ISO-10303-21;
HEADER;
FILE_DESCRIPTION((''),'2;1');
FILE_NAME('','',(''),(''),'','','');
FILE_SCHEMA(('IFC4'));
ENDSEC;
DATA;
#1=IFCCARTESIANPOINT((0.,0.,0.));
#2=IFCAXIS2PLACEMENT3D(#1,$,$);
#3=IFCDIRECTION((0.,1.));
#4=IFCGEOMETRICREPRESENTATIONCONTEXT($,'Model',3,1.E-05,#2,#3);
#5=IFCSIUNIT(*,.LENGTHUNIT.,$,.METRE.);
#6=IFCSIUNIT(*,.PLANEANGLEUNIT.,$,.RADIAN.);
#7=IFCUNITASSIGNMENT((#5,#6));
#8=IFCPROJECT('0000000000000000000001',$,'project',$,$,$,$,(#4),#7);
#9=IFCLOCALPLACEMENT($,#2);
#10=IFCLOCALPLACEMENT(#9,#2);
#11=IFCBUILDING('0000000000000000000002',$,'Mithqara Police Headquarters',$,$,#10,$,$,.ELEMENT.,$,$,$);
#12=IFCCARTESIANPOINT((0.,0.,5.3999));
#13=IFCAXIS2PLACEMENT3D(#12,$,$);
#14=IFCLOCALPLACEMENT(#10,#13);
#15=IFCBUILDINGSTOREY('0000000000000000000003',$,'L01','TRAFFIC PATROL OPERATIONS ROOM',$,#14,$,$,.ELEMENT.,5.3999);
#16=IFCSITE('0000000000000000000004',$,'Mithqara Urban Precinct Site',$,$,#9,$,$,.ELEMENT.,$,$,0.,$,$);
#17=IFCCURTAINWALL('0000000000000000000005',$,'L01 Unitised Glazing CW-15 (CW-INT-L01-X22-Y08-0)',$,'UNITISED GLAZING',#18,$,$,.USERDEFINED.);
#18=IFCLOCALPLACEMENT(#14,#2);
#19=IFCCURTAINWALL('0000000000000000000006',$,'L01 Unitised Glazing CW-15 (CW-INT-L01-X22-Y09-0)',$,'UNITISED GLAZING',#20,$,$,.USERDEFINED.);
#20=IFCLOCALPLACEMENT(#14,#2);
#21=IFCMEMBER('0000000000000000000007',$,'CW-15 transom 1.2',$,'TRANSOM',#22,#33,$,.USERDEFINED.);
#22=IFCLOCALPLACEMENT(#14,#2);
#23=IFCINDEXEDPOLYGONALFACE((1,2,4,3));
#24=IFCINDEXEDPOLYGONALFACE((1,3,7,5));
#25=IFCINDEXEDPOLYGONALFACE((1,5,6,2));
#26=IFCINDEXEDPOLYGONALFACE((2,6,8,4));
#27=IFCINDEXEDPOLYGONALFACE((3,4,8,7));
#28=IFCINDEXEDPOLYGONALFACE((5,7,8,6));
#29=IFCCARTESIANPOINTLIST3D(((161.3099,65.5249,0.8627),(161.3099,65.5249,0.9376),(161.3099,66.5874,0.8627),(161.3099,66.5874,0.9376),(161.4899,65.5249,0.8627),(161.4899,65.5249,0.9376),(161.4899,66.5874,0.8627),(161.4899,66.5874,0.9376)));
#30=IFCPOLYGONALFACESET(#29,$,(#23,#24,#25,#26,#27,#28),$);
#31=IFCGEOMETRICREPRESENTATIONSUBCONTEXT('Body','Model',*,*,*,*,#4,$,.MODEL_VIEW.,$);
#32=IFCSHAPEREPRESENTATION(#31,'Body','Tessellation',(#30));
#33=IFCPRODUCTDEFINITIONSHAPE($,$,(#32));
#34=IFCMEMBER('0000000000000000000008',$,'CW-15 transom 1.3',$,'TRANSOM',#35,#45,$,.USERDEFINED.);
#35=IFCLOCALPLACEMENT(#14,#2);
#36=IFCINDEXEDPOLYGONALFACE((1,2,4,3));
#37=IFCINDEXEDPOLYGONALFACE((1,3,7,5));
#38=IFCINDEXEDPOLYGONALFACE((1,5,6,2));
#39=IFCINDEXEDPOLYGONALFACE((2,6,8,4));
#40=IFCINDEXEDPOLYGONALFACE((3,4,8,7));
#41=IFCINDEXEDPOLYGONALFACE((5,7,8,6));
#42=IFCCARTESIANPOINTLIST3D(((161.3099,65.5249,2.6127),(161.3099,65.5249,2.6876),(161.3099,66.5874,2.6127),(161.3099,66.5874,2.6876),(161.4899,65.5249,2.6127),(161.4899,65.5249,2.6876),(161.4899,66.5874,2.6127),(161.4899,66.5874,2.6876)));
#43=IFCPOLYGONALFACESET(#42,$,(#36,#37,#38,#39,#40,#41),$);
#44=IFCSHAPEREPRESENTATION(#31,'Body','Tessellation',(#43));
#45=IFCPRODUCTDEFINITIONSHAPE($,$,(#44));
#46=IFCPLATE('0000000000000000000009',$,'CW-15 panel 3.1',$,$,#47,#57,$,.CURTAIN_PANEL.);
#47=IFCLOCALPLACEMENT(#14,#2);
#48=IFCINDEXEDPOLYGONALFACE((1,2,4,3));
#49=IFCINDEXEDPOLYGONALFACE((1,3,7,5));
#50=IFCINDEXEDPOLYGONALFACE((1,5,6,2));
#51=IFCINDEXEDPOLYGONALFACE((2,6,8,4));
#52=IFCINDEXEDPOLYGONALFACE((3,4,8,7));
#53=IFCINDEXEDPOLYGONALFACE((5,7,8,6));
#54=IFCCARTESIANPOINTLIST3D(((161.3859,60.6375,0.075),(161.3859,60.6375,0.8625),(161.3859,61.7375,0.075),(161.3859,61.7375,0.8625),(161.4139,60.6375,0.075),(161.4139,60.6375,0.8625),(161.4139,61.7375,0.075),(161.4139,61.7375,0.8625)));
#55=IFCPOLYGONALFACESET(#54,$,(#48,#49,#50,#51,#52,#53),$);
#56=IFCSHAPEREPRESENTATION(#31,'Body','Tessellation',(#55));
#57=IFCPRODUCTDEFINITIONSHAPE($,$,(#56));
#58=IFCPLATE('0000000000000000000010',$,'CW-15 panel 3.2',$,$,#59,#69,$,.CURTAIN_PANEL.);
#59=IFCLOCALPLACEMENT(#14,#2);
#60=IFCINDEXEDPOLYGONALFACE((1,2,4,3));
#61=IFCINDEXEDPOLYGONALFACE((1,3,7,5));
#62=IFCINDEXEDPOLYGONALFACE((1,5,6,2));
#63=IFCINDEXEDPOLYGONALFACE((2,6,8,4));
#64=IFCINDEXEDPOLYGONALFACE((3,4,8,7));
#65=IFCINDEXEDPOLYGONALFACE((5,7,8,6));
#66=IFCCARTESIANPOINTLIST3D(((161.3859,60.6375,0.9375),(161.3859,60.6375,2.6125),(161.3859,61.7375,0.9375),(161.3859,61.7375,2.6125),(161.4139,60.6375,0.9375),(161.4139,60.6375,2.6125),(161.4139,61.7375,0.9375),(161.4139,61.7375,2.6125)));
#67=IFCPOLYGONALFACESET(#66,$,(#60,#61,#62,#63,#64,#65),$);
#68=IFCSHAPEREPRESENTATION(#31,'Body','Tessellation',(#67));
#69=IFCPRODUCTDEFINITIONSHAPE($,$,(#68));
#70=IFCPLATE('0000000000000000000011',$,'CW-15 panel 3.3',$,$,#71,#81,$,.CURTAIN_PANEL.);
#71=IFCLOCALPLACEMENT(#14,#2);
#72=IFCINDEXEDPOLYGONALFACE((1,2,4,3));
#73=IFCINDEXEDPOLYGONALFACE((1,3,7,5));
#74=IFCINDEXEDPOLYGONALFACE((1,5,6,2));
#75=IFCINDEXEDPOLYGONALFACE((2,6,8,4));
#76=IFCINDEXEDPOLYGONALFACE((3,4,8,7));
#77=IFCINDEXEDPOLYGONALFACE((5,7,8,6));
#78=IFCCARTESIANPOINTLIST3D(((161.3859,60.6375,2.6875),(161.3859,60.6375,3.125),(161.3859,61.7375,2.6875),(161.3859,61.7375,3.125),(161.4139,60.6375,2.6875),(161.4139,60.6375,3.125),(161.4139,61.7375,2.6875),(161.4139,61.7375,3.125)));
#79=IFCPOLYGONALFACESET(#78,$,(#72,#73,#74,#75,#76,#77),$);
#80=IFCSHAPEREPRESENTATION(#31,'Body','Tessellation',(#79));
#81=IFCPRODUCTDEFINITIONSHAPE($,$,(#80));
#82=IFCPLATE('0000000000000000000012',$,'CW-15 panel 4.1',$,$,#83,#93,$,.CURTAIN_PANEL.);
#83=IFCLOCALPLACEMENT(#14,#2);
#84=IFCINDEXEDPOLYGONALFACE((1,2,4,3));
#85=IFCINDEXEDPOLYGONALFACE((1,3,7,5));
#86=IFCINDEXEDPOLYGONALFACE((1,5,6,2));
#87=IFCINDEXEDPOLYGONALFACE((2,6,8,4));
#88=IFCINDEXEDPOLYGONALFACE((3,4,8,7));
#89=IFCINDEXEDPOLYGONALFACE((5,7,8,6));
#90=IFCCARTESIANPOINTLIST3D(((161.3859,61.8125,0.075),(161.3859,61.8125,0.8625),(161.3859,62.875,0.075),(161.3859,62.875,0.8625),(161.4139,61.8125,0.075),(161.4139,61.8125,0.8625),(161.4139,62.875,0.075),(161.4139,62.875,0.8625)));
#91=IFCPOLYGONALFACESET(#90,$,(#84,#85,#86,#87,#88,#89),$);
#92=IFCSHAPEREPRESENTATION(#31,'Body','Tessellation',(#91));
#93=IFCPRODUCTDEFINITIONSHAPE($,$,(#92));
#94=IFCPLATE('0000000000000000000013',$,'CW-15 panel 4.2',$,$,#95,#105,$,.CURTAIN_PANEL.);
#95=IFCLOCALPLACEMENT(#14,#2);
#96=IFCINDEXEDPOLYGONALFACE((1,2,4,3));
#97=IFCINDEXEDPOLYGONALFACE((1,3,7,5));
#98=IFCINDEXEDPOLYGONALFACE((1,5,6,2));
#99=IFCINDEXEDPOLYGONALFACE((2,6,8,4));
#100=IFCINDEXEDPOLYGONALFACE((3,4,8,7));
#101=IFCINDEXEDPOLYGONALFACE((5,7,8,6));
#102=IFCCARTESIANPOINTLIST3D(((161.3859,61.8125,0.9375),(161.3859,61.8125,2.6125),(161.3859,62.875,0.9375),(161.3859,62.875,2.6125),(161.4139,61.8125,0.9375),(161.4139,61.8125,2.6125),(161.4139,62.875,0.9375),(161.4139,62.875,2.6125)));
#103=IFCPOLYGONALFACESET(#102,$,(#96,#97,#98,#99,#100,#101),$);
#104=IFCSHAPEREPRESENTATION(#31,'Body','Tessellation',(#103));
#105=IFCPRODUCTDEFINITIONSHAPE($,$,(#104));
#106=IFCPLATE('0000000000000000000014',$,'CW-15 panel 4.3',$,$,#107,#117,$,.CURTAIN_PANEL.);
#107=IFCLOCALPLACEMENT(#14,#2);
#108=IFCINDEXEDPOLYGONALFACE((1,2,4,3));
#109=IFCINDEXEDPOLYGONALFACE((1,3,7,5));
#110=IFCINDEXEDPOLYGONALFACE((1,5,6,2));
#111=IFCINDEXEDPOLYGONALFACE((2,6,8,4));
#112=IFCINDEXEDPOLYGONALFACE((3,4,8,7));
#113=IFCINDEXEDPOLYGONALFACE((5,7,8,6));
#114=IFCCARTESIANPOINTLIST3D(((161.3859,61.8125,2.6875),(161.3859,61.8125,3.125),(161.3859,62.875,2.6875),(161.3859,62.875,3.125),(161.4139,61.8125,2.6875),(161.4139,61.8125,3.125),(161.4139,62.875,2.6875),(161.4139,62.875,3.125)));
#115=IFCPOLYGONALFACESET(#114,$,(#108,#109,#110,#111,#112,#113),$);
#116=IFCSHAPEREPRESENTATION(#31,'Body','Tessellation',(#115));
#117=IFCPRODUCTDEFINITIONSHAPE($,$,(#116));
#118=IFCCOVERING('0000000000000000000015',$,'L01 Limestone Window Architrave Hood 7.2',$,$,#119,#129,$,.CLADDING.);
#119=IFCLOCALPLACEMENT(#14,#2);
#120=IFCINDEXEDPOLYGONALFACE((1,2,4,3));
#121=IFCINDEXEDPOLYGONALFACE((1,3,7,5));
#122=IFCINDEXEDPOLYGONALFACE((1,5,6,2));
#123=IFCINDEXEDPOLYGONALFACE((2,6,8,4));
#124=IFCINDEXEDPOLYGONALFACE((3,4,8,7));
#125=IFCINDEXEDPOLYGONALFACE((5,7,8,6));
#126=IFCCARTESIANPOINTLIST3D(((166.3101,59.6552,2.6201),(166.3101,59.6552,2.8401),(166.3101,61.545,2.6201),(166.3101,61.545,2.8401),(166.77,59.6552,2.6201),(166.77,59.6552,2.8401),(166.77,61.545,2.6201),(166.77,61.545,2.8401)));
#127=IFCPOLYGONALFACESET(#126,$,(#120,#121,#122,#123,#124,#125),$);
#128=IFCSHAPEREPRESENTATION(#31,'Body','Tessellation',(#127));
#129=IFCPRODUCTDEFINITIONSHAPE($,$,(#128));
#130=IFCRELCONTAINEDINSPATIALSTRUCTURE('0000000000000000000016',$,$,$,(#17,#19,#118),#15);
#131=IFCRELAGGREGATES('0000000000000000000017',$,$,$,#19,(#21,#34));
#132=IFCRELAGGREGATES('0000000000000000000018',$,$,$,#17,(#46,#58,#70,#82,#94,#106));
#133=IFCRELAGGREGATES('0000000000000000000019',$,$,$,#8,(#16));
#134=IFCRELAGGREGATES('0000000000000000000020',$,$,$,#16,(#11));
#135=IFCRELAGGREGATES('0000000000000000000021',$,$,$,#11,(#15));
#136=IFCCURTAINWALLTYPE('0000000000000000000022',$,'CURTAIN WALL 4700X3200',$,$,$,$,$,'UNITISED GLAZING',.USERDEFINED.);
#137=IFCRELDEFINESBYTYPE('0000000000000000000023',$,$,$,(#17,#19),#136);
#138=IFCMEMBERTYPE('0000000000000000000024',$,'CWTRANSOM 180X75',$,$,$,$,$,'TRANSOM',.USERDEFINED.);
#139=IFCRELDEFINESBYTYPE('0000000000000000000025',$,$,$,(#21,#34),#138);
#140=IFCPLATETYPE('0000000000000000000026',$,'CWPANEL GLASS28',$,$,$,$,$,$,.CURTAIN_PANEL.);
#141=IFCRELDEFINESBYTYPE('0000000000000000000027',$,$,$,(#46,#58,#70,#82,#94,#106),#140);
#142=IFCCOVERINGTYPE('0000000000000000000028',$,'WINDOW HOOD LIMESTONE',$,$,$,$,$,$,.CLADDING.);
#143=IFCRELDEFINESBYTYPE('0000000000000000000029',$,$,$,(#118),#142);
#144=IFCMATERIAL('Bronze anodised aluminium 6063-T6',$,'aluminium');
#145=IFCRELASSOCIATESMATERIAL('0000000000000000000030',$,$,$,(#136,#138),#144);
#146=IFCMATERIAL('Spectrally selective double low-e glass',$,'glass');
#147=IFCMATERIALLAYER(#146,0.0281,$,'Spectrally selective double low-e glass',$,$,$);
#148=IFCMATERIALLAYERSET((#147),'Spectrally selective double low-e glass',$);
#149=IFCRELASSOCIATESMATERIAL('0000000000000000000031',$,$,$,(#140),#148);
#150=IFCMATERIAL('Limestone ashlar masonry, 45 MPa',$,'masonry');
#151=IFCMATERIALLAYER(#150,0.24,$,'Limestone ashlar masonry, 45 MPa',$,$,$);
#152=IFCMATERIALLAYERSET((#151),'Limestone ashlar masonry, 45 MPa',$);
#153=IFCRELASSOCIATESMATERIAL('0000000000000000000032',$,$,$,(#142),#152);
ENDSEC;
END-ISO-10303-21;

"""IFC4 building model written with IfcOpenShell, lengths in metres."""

from ifc_helpers import new_model, si_unit, direction, frame, origin, origin_2d, place, context, subcontext, project, spatial, rectangle, extrude, material, layer, layer_set, material_profile, profile_set, type_object, element, aggregate, save


model = new_model("IFC4")

# Units and contexts
model_context = context("Model", 3, precision=1e-05, world=origin(), true_north=direction((0.0, 1.0)))
body_context = subcontext(model_context, "Body", "Model", "MODEL_VIEW")
ifc_project = project(units=[si_unit("LENGTHUNIT", "METRE"), si_unit("PLANEANGLEUNIT", "RADIAN")], contexts=[model_context])

# Site, building, storey
site_placement = place(None, origin())
site = spatial("IfcSite", under=ifc_project, at=site_placement, Name="Mithqara Urban Precinct Site", CompositionType="ELEMENT", RefElevation=0.0)
building_placement = place(site_placement, origin())
building = spatial("IfcBuilding", under=site, at=building_placement, Name="Mithqara Police Headquarters", CompositionType="ELEMENT")
storey_placement = place(building_placement, frame((0.0, 0.0, 5.3999)))
storey = spatial("IfcBuildingStorey", under=building, at=storey_placement, Name="L01", Description="TRAFFIC PATROL OPERATIONS ROOM", CompositionType="ELEMENT", Elevation=5.3999)

# Curtain wall
ifc_material_1 = material(Name="Bronze anodised aluminium 6063-T6", Category="aluminium")
curtain_wall_type = type_object("IfcCurtainWallType", Name="CURTAIN WALL 4700X3200", ElementType="UNITISED GLAZING", PredefinedType="USERDEFINED", material=ifc_material_1)
curtain_wall_1_placement = place(storey_placement, origin())
curtain_wall_1 = element("IfcCurtainWall", 1, at=curtain_wall_1_placement, inside=storey, type_object=curtain_wall_type, Name="L01 Unitised Glazing CW-15 (CW-INT-L01-X22-Y08-0)", ObjectType="UNITISED GLAZING", PredefinedType="USERDEFINED")

# Curtain wall
curtain_wall_2_placement = place(storey_placement, origin())
curtain_wall_2 = element("IfcCurtainWall", 2, at=curtain_wall_2_placement, inside=storey, type_object=curtain_wall_type, Name="L01 Unitised Glazing CW-15 (CW-INT-L01-X22-Y09-0)", ObjectType="UNITISED GLAZING", PredefinedType="USERDEFINED")

# Members
ifc_material_profile_1 = material_profile(ifc_material_1, rectangle(XDim=0.1799, YDim=0.075, at=origin_2d()), Name="CWT 180x75")
ifc_profile_set_1 = profile_set([ifc_material_profile_1], Name="Bronze anodised aluminium 6063-T6")
member_type_1 = type_object("IfcMemberType", Name="CWTRANSOM 180X75", ElementType="TRANSOM", PredefinedType="USERDEFINED", material=ifc_profile_set_1)
member_1_placement = place(storey_placement, frame((161.3999, 65.5249, 0.9001), z_axis=(0.0, 1.0, 0.0), x_axis=(-1.0, 0.0, 0.0)))
member_1 = element("IfcMember", 3, at=member_1_placement, type_object=member_type_1, Name="CW-15 transom 1.2", ObjectType="TRANSOM", PredefinedType="USERDEFINED", context=body_context, shape_type="SweptSolid", body=[
    extrude(rectangle(XDim=0.1799, YDim=0.075, at=origin_2d()), origin(), (0.0, 0.0, 1.0), 1.0625),
])
member_2_placement = place(storey_placement, frame((161.3999, 65.5249, 2.6501), z_axis=(0.0, 1.0, 0.0), x_axis=(-1.0, 0.0, 0.0)))
member_2 = element("IfcMember", 4, at=member_2_placement, type_object=member_type_1, Name="CW-15 transom 1.3", ObjectType="TRANSOM", PredefinedType="USERDEFINED", context=body_context, shape_type="SweptSolid", body=[
    extrude(rectangle(XDim=0.1799, YDim=0.075, at=origin_2d()), origin(), (0.0, 0.0, 1.0), 1.0625),
])
aggregate(curtain_wall_2, [member_1, member_2])

# Plates
ifc_material_2 = material(Name="Spectrally selective double low-e glass", Category="glass")
ifc_layer_1 = layer(ifc_material_2, 0.0281, Name="Spectrally selective double low-e glass")
ifc_layer_set_1 = layer_set([ifc_layer_1], Name="Spectrally selective double low-e glass")
plate_type = type_object("IfcPlateType", Name="CWPANEL GLASS28", PredefinedType="CURTAIN_PANEL", material=ifc_layer_set_1)
plate_1_placement = place(storey_placement, frame((161.3999, 61.1875, 0.075), z_axis=(0.0, 0.0, 1.0), x_axis=(0.0, 1.0, 0.0)))
plate_1 = element("IfcPlate", 5, at=plate_1_placement, type_object=plate_type, Name="CW-15 panel 3.1", PredefinedType="CURTAIN_PANEL", context=body_context, shape_type="SweptSolid", body=[
    extrude(rectangle(XDim=1.1001, YDim=0.0281, at=origin_2d()), origin(), (0.0, 0.0, 1.0), 0.7876),
])
plate_2_placement = place(storey_placement, frame((161.3999, 61.1875, 0.9375), z_axis=(0.0, 0.0, 1.0), x_axis=(0.0, 1.0, 0.0)))
plate_2 = element("IfcPlate", 6, at=plate_2_placement, type_object=plate_type, Name="CW-15 panel 3.2", PredefinedType="CURTAIN_PANEL", context=body_context, shape_type="SweptSolid", body=[
    extrude(rectangle(XDim=1.1001, YDim=0.0281, at=origin_2d()), origin(), (0.0, 0.0, 1.0), 1.675),
])
plate_3_placement = place(storey_placement, frame((161.3999, 61.1875, 2.6875), z_axis=(0.0, 0.0, 1.0), x_axis=(0.0, 1.0, 0.0)))
plate_3 = element("IfcPlate", 7, at=plate_3_placement, type_object=plate_type, Name="CW-15 panel 3.3", PredefinedType="CURTAIN_PANEL", context=body_context, shape_type="SweptSolid", body=[
    extrude(rectangle(XDim=1.1001, YDim=0.0281, at=origin_2d()), origin(), (0.0, 0.0, 1.0), 0.4375),
])
plate_4_placement = place(storey_placement, frame((161.3999, 62.3438, 0.075), z_axis=(0.0, 0.0, 1.0), x_axis=(0.0, 1.0, 0.0)))
plate_4 = element("IfcPlate", 8, at=plate_4_placement, type_object=plate_type, Name="CW-15 panel 4.1", PredefinedType="CURTAIN_PANEL", context=body_context, shape_type="SweptSolid", body=[
    extrude(rectangle(XDim=1.0625, YDim=0.0281, at=origin_2d()), origin(), (0.0, 0.0, 1.0), 0.7876),
])
plate_5_placement = place(storey_placement, frame((161.3999, 62.3438, 0.9375), z_axis=(0.0, 0.0, 1.0), x_axis=(0.0, 1.0, 0.0)))
plate_5 = element("IfcPlate", 9, at=plate_5_placement, type_object=plate_type, Name="CW-15 panel 4.2", PredefinedType="CURTAIN_PANEL", context=body_context, shape_type="SweptSolid", body=[
    extrude(rectangle(XDim=1.0625, YDim=0.0281, at=origin_2d()), origin(), (0.0, 0.0, 1.0), 1.675),
])
plate_6_placement = place(storey_placement, frame((161.3999, 62.3438, 2.6875), z_axis=(0.0, 0.0, 1.0), x_axis=(0.0, 1.0, 0.0)))
plate_6 = element("IfcPlate", 10, at=plate_6_placement, type_object=plate_type, Name="CW-15 panel 4.3", PredefinedType="CURTAIN_PANEL", context=body_context, shape_type="SweptSolid", body=[
    extrude(rectangle(XDim=1.0625, YDim=0.0281, at=origin_2d()), origin(), (0.0, 0.0, 1.0), 0.4375),
])
aggregate(curtain_wall_1, [plate_1, plate_2, plate_3, plate_4, plate_5, plate_6])

# Covering
ifc_material_3 = material(Name="Limestone ashlar masonry, 45 MPa", Category="masonry")
ifc_layer_2 = layer(ifc_material_3, 0.24, Name="Limestone ashlar masonry, 45 MPa")
ifc_layer_set_2 = layer_set([ifc_layer_2], Name="Limestone ashlar masonry, 45 MPa")
covering_type = type_object("IfcCoveringType", Name="WINDOW HOOD LIMESTONE", PredefinedType="CLADDING", material=ifc_layer_set_2)
covering_placement = place(storey_placement, frame((166.54, 60.6001, 2.6201), z_axis=(0.0, 0.0, 1.0), x_axis=(0.0, 1.0, 0.0)))
element("IfcCovering", 11, at=covering_placement, inside=storey, type_object=covering_type, Name="L01 Limestone Window Architrave Hood 7.2", PredefinedType="CLADDING", context=body_context, shape_type="SweptSolid", body=[
    extrude(rectangle(XDim=1.8899, YDim=0.46, at=origin_2d()), origin(), (0.0, 0.0, 1.0), 0.22),
])

save(model, "model.ifc")
